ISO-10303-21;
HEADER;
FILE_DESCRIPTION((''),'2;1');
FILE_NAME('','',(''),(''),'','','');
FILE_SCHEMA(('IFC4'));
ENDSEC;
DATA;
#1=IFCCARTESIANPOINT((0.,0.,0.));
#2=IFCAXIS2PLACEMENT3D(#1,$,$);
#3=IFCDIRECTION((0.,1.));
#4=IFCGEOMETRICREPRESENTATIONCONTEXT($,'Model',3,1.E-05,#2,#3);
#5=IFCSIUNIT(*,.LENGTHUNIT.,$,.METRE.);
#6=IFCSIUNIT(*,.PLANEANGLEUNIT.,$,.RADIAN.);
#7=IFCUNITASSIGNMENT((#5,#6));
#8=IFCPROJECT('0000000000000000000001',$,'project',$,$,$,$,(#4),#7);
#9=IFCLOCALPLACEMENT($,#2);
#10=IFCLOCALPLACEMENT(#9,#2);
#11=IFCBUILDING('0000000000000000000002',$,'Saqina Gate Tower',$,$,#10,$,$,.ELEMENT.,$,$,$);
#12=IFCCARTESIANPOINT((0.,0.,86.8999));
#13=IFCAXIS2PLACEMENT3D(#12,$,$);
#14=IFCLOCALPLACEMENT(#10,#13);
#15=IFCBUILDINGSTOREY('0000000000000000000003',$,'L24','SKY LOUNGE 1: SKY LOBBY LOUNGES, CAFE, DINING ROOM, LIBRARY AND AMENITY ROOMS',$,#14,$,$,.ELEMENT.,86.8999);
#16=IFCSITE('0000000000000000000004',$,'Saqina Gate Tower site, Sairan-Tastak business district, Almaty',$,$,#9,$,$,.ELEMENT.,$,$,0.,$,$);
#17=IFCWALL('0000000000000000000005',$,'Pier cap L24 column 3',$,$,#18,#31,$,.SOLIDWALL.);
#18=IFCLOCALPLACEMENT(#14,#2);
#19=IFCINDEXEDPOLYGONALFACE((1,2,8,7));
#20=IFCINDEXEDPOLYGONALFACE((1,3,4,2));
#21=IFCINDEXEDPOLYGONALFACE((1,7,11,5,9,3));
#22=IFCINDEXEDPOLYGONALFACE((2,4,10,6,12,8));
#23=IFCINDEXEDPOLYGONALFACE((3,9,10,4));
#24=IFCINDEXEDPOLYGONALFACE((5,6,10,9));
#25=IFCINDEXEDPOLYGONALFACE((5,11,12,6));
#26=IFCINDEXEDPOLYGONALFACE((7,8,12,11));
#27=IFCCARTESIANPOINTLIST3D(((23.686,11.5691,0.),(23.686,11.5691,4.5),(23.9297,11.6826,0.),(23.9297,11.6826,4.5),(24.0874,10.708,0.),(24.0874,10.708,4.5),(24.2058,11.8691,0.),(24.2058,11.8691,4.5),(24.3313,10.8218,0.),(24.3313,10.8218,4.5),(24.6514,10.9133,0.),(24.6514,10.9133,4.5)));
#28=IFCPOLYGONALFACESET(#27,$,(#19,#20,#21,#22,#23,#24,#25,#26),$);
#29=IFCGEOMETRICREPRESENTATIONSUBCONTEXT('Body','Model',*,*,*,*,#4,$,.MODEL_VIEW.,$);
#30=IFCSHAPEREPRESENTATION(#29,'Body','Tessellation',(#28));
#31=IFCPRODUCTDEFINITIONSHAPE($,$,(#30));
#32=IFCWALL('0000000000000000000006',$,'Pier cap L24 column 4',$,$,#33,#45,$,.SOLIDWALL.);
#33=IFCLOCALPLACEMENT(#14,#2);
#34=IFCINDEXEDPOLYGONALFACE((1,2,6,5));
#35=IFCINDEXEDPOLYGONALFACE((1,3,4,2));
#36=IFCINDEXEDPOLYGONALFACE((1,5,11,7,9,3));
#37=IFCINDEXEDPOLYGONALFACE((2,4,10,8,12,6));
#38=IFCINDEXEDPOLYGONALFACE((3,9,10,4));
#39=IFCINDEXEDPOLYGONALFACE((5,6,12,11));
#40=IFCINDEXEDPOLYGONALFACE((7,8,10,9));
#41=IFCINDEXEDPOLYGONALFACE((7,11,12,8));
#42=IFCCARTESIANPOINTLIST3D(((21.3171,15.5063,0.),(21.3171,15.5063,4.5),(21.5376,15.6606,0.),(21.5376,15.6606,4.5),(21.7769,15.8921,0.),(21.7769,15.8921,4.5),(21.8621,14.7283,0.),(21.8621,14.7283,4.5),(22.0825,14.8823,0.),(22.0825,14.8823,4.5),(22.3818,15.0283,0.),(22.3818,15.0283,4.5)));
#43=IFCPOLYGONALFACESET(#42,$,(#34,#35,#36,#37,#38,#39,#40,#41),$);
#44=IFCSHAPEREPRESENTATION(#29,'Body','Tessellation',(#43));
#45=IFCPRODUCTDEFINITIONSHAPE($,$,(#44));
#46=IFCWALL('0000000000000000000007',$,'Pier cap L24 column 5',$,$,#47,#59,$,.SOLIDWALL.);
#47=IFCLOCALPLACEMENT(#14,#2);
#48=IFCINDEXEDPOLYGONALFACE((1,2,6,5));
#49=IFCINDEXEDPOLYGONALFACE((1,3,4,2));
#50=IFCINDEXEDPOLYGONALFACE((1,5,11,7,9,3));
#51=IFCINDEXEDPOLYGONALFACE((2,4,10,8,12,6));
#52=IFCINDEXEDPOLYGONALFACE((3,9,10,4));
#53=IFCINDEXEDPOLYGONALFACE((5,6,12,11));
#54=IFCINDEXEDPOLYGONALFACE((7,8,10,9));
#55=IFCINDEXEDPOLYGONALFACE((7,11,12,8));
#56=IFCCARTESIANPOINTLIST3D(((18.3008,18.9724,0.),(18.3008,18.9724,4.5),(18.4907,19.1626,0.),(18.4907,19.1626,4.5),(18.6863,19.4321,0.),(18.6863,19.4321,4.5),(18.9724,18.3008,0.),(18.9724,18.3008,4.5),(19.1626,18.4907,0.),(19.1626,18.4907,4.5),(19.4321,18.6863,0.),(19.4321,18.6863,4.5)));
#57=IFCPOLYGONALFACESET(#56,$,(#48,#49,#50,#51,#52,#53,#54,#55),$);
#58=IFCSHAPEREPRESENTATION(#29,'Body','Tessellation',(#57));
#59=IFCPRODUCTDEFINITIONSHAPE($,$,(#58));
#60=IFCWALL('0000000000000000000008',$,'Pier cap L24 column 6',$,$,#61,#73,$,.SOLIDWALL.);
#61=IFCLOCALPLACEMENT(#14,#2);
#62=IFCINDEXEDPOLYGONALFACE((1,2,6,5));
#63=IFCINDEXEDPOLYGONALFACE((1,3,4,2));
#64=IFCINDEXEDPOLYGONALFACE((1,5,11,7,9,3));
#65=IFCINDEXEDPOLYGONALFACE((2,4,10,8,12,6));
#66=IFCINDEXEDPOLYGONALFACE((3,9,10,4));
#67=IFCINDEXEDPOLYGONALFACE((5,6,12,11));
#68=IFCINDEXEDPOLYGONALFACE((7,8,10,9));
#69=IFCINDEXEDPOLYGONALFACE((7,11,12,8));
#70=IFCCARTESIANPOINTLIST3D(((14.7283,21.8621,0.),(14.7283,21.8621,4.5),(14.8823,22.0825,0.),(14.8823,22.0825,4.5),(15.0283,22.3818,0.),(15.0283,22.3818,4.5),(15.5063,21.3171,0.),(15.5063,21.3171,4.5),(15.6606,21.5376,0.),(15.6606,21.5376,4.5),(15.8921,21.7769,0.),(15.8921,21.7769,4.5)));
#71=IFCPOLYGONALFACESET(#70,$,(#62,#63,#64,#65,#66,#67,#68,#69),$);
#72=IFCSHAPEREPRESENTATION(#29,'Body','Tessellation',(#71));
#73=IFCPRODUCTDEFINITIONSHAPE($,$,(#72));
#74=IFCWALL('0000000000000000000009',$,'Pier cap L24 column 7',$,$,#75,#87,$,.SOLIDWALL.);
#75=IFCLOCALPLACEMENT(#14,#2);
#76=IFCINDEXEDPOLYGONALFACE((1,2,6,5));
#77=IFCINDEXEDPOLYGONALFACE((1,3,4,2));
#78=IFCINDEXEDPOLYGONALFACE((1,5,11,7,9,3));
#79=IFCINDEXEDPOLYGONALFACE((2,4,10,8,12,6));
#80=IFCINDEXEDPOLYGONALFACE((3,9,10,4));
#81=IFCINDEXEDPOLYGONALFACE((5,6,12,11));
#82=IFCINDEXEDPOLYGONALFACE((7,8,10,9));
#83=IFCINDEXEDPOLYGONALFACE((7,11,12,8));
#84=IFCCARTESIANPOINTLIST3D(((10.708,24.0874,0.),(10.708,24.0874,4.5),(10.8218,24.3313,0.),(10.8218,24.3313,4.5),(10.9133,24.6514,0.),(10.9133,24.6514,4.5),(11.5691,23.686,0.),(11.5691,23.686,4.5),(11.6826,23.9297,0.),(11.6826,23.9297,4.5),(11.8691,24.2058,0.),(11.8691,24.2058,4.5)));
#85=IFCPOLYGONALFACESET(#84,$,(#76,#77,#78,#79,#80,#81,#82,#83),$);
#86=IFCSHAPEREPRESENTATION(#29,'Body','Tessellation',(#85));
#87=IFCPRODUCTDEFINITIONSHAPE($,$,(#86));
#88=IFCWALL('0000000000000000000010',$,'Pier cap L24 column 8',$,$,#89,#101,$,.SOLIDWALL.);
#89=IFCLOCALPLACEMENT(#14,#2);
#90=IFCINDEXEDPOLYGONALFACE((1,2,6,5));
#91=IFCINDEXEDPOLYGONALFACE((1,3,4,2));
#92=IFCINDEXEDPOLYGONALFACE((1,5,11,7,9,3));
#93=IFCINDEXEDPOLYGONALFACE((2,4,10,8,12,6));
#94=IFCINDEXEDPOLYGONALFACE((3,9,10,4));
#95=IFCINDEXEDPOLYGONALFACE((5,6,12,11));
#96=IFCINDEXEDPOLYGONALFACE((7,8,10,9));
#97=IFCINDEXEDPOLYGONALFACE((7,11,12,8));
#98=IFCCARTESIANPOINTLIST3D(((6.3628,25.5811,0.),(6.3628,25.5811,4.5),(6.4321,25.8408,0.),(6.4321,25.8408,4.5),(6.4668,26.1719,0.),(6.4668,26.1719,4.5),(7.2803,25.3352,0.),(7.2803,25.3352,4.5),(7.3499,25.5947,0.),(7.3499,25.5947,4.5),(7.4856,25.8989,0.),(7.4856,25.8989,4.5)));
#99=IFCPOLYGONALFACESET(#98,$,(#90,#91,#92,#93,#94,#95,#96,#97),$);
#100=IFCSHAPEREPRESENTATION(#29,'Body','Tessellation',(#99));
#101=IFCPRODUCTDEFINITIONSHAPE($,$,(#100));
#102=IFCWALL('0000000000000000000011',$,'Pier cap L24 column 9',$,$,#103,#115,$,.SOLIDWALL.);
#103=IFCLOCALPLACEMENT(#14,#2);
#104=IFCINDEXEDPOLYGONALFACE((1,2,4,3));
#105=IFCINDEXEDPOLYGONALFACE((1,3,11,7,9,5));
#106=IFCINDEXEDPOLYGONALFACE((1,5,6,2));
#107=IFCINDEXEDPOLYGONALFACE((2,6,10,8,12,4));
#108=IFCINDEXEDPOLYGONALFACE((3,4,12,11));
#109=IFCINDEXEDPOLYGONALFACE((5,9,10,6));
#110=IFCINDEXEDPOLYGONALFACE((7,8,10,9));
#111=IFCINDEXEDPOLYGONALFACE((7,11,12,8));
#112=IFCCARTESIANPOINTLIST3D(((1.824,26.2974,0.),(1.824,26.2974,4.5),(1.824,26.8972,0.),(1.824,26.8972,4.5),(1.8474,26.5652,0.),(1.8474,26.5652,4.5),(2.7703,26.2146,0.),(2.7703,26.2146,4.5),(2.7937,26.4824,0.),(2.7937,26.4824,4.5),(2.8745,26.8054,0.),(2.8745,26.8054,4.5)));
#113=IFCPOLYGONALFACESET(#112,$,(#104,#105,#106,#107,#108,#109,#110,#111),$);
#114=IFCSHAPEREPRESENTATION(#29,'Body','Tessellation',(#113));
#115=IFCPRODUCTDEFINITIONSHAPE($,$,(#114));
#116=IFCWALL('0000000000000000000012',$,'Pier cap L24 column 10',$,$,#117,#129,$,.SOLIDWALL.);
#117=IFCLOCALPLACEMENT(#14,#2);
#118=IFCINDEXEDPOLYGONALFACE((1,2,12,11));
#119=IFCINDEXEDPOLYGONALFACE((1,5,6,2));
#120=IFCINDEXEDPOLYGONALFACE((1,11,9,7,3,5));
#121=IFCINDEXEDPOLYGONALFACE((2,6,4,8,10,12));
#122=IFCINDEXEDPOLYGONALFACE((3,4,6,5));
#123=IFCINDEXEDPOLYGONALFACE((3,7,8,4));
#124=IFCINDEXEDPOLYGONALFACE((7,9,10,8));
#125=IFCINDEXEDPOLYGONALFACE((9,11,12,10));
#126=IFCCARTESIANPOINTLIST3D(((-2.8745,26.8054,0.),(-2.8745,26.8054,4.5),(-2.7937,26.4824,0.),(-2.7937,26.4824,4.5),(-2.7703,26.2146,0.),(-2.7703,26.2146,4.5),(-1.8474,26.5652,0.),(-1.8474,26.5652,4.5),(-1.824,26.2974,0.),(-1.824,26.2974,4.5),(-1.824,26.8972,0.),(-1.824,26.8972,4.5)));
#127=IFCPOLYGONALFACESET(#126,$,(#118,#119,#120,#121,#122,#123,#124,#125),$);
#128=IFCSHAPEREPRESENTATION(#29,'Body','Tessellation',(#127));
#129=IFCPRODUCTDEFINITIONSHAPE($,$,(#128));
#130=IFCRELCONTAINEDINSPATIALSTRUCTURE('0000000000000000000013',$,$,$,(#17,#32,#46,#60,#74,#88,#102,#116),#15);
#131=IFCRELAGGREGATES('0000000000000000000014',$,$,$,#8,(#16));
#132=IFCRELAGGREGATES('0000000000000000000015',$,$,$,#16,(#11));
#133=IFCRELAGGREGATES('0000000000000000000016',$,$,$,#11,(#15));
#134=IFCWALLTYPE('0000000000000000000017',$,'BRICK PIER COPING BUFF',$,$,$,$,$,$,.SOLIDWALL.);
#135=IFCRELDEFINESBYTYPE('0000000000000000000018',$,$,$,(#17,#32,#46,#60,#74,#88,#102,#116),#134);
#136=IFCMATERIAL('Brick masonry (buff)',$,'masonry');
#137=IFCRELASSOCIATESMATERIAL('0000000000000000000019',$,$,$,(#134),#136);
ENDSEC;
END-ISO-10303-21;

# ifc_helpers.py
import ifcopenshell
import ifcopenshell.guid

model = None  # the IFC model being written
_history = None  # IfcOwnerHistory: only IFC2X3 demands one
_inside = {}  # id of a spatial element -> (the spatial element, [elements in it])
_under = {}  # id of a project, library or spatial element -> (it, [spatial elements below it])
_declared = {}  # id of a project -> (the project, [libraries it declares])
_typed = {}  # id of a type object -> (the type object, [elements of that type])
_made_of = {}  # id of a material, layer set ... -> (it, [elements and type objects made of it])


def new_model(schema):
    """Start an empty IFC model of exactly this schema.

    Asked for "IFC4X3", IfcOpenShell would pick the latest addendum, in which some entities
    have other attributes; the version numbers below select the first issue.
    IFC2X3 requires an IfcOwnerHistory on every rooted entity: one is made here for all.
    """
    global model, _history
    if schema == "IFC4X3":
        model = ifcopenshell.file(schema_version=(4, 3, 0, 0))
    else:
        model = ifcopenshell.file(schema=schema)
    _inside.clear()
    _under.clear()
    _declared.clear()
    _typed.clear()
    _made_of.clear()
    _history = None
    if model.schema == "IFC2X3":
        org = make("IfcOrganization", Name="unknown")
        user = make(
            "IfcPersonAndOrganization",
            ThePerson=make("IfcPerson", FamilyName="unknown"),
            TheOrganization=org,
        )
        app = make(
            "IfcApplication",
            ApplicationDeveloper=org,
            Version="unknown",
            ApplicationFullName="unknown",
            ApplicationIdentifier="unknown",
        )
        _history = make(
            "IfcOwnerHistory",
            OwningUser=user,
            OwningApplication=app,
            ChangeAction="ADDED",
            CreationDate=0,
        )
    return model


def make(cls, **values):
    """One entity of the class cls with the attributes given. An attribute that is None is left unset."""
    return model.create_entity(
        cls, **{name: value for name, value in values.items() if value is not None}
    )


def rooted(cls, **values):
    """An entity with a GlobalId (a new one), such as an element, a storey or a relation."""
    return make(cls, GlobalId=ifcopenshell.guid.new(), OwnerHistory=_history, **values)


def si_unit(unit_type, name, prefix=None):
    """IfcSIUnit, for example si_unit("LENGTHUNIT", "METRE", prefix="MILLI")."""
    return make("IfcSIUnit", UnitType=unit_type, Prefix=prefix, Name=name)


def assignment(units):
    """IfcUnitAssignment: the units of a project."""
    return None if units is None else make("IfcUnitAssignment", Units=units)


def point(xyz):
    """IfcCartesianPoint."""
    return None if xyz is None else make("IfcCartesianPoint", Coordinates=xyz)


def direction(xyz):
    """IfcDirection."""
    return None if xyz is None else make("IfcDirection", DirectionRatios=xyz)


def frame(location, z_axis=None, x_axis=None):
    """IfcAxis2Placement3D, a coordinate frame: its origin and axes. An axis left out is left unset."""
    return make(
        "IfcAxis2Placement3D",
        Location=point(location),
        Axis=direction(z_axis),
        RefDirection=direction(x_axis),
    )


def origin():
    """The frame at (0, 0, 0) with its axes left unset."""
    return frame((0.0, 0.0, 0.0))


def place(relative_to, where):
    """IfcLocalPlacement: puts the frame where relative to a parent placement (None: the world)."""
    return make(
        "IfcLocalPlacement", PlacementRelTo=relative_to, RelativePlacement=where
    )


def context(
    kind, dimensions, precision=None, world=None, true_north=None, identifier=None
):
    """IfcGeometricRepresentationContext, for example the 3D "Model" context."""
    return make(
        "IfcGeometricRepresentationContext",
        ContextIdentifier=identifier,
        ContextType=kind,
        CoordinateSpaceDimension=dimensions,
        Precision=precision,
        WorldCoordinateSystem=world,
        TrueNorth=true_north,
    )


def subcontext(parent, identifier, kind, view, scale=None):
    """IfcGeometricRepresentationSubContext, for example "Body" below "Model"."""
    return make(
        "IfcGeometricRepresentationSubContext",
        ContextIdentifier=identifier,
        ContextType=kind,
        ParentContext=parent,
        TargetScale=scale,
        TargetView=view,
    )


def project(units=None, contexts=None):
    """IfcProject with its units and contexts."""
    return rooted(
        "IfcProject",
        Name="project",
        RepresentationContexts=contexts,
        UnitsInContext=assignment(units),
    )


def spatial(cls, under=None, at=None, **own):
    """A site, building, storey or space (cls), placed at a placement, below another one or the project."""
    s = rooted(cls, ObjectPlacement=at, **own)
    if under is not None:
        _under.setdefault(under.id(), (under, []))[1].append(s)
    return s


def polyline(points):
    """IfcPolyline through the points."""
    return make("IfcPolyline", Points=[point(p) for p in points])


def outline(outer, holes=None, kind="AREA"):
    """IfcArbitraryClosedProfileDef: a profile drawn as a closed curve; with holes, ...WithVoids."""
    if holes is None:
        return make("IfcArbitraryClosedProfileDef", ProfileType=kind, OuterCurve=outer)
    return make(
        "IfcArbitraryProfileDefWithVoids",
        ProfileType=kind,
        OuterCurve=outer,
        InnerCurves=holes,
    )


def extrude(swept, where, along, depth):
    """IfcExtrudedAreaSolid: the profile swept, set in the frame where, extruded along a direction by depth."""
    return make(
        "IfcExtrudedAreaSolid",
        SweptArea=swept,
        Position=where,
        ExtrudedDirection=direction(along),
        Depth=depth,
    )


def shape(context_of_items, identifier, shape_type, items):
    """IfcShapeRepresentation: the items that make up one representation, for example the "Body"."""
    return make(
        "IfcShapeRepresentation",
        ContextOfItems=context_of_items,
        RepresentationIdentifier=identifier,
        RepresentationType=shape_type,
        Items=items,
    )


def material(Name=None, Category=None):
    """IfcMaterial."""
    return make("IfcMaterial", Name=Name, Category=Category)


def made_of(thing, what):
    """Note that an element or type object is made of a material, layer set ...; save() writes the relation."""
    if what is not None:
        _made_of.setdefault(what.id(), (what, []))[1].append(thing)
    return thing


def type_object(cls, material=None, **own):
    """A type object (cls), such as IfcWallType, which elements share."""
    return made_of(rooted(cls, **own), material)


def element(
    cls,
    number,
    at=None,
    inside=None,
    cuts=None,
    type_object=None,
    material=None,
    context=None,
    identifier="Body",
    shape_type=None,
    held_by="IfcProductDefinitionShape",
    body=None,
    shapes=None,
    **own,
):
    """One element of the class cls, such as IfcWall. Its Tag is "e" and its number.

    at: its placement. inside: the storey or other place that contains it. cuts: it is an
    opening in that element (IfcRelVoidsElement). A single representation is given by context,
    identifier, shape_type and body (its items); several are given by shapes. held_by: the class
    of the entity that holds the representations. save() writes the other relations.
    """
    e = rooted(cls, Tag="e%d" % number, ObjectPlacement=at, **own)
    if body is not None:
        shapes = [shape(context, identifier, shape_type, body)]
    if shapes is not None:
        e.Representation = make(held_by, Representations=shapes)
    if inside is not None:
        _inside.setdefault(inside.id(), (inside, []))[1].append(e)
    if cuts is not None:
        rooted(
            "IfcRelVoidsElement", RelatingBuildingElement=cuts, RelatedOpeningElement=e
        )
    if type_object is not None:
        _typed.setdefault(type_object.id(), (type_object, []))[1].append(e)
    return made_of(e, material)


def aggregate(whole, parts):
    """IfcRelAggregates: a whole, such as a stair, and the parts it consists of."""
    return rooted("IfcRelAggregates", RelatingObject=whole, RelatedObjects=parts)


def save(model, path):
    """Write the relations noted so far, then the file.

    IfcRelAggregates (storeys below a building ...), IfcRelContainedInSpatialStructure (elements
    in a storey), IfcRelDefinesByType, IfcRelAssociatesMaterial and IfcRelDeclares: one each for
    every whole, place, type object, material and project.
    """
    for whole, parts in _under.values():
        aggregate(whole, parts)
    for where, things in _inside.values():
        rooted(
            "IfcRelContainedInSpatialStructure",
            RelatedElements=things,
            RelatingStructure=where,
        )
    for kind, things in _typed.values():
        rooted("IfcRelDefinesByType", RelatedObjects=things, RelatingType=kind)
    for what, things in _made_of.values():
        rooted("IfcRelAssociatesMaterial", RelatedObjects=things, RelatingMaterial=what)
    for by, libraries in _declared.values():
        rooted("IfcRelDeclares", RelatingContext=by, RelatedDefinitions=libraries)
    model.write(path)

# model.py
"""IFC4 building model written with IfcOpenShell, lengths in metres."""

from ifc_helpers import new_model, si_unit, direction, frame, origin, place, context, subcontext, project, spatial, polyline, outline, extrude, material, type_object, element, save


model = new_model("IFC4")

# Units and contexts
model_context = context("Model", 3, precision=1e-05, world=origin(), true_north=direction((0.0, 1.0)))
body_context = subcontext(model_context, "Body", "Model", "MODEL_VIEW")
ifc_project = project(units=[si_unit("LENGTHUNIT", "METRE"), si_unit("PLANEANGLEUNIT", "RADIAN")], contexts=[model_context])

# Site, building, storey
site_placement = place(None, origin())
site = spatial("IfcSite", under=ifc_project, at=site_placement, Name="Saqina Gate Tower site, Sairan-Tastak business district, Almaty", CompositionType="ELEMENT", RefElevation=0.0)
building_placement = place(site_placement, origin())
building = spatial("IfcBuilding", under=site, at=building_placement, Name="Saqina Gate Tower", CompositionType="ELEMENT")
storey_placement = place(building_placement, frame((0.0, 0.0, 86.8999)))
storey = spatial("IfcBuildingStorey", under=building, at=storey_placement, Name="L24", Description="SKY LOUNGE 1: SKY LOBBY LOUNGES, CAFE, DINING ROOM, LIBRARY AND AMENITY ROOMS", CompositionType="ELEMENT", Elevation=86.8999)

# Walls
ifc_material_1 = material(Name="Brick masonry (buff)", Category="masonry")
wall_type = type_object("IfcWallType", Name="BRICK PIER COPING BUFF", PredefinedType="SOLIDWALL", material=ifc_material_1)
wall_1_placement = place(storey_placement, origin())
element("IfcWall", 1, at=wall_1_placement, inside=storey, type_object=wall_type, Name="Pier cap L24 column 3", PredefinedType="SOLIDWALL", context=body_context, shape_type="SweptSolid", body=[
    extrude(outline(polyline([(24.6514, 10.9133), (24.2058, 11.8691), (23.686, 11.5691), (23.9297, 11.6826), (24.3313, 10.8218), (24.0874, 10.708), (24.6514, 10.9133)])), origin(), (0.0, 0.0, 1.0), 4.5),
])
wall_2_placement = place(storey_placement, origin())
element("IfcWall", 2, at=wall_2_placement, inside=storey, type_object=wall_type, Name="Pier cap L24 column 4", PredefinedType="SOLIDWALL", context=body_context, shape_type="SweptSolid", body=[
    extrude(outline(polyline([(21.7769, 15.8921), (21.3171, 15.5063), (21.5376, 15.6606), (22.0825, 14.8823), (21.8621, 14.7283), (22.3818, 15.0283), (21.7769, 15.8921)])), origin(), (0.0, 0.0, 1.0), 4.5),
])
wall_3_placement = place(storey_placement, origin())
element("IfcWall", 3, at=wall_3_placement, inside=storey, type_object=wall_type, Name="Pier cap L24 column 5", PredefinedType="SOLIDWALL", context=body_context, shape_type="SweptSolid", body=[
    extrude(outline(polyline([(19.4321, 18.6863), (18.6863, 19.4321), (18.3008, 18.9724), (18.4907, 19.1626), (19.1626, 18.4907), (18.9724, 18.3008), (19.4321, 18.6863)])), origin(), (0.0, 0.0, 1.0), 4.5),
])
wall_4_placement = place(storey_placement, origin())
element("IfcWall", 4, at=wall_4_placement, inside=storey, type_object=wall_type, Name="Pier cap L24 column 6", PredefinedType="SOLIDWALL", context=body_context, shape_type="SweptSolid", body=[
    extrude(outline(polyline([(15.0283, 22.3818), (14.7283, 21.8621), (14.8823, 22.0825), (15.6606, 21.5376), (15.5063, 21.3171), (15.8921, 21.7769), (15.0283, 22.3818)])), origin(), (0.0, 0.0, 1.0), 4.5),
])
wall_5_placement = place(storey_placement, origin())
element("IfcWall", 5, at=wall_5_placement, inside=storey, type_object=wall_type, Name="Pier cap L24 column 7", PredefinedType="SOLIDWALL", context=body_context, shape_type="SweptSolid", body=[
    extrude(outline(polyline([(10.9133, 24.6514), (10.708, 24.0874), (10.8218, 24.3313), (11.6826, 23.9297), (11.5691, 23.686), (11.8691, 24.2058), (10.9133, 24.6514)])), origin(), (0.0, 0.0, 1.0), 4.5),
])
wall_6_placement = place(storey_placement, origin())
element("IfcWall", 6, at=wall_6_placement, inside=storey, type_object=wall_type, Name="Pier cap L24 column 8", PredefinedType="SOLIDWALL", context=body_context, shape_type="SweptSolid", body=[
    extrude(outline(polyline([(7.4856, 25.8989), (6.4668, 26.1719), (6.3628, 25.5811), (6.4321, 25.8408), (7.3499, 25.5947), (7.2803, 25.3352), (7.4856, 25.8989)])), origin(), (0.0, 0.0, 1.0), 4.5),
])
wall_7_placement = place(storey_placement, origin())
element("IfcWall", 7, at=wall_7_placement, inside=storey, type_object=wall_type, Name="Pier cap L24 column 9", PredefinedType="SOLIDWALL", context=body_context, shape_type="SweptSolid", body=[
    extrude(outline(polyline([(2.8745, 26.8054), (1.824, 26.8972), (1.824, 26.2974), (1.8474, 26.5652), (2.7937, 26.4824), (2.7703, 26.2146), (2.8745, 26.8054)])), origin(), (0.0, 0.0, 1.0), 4.5),
])
wall_8_placement = place(storey_placement, origin())
element("IfcWall", 8, at=wall_8_placement, inside=storey, type_object=wall_type, Name="Pier cap L24 column 10", PredefinedType="SOLIDWALL", context=body_context, shape_type="SweptSolid", body=[
    extrude(outline(polyline([(-2.8745, 26.8054), (-2.7703, 26.2146), (-2.7937, 26.4824), (-1.8474, 26.5652), (-1.824, 26.2974), (-1.824, 26.8972), (-2.8745, 26.8054)])), origin(), (0.0, 0.0, 1.0), 4.5),
])

save(model, "model.ifc")
